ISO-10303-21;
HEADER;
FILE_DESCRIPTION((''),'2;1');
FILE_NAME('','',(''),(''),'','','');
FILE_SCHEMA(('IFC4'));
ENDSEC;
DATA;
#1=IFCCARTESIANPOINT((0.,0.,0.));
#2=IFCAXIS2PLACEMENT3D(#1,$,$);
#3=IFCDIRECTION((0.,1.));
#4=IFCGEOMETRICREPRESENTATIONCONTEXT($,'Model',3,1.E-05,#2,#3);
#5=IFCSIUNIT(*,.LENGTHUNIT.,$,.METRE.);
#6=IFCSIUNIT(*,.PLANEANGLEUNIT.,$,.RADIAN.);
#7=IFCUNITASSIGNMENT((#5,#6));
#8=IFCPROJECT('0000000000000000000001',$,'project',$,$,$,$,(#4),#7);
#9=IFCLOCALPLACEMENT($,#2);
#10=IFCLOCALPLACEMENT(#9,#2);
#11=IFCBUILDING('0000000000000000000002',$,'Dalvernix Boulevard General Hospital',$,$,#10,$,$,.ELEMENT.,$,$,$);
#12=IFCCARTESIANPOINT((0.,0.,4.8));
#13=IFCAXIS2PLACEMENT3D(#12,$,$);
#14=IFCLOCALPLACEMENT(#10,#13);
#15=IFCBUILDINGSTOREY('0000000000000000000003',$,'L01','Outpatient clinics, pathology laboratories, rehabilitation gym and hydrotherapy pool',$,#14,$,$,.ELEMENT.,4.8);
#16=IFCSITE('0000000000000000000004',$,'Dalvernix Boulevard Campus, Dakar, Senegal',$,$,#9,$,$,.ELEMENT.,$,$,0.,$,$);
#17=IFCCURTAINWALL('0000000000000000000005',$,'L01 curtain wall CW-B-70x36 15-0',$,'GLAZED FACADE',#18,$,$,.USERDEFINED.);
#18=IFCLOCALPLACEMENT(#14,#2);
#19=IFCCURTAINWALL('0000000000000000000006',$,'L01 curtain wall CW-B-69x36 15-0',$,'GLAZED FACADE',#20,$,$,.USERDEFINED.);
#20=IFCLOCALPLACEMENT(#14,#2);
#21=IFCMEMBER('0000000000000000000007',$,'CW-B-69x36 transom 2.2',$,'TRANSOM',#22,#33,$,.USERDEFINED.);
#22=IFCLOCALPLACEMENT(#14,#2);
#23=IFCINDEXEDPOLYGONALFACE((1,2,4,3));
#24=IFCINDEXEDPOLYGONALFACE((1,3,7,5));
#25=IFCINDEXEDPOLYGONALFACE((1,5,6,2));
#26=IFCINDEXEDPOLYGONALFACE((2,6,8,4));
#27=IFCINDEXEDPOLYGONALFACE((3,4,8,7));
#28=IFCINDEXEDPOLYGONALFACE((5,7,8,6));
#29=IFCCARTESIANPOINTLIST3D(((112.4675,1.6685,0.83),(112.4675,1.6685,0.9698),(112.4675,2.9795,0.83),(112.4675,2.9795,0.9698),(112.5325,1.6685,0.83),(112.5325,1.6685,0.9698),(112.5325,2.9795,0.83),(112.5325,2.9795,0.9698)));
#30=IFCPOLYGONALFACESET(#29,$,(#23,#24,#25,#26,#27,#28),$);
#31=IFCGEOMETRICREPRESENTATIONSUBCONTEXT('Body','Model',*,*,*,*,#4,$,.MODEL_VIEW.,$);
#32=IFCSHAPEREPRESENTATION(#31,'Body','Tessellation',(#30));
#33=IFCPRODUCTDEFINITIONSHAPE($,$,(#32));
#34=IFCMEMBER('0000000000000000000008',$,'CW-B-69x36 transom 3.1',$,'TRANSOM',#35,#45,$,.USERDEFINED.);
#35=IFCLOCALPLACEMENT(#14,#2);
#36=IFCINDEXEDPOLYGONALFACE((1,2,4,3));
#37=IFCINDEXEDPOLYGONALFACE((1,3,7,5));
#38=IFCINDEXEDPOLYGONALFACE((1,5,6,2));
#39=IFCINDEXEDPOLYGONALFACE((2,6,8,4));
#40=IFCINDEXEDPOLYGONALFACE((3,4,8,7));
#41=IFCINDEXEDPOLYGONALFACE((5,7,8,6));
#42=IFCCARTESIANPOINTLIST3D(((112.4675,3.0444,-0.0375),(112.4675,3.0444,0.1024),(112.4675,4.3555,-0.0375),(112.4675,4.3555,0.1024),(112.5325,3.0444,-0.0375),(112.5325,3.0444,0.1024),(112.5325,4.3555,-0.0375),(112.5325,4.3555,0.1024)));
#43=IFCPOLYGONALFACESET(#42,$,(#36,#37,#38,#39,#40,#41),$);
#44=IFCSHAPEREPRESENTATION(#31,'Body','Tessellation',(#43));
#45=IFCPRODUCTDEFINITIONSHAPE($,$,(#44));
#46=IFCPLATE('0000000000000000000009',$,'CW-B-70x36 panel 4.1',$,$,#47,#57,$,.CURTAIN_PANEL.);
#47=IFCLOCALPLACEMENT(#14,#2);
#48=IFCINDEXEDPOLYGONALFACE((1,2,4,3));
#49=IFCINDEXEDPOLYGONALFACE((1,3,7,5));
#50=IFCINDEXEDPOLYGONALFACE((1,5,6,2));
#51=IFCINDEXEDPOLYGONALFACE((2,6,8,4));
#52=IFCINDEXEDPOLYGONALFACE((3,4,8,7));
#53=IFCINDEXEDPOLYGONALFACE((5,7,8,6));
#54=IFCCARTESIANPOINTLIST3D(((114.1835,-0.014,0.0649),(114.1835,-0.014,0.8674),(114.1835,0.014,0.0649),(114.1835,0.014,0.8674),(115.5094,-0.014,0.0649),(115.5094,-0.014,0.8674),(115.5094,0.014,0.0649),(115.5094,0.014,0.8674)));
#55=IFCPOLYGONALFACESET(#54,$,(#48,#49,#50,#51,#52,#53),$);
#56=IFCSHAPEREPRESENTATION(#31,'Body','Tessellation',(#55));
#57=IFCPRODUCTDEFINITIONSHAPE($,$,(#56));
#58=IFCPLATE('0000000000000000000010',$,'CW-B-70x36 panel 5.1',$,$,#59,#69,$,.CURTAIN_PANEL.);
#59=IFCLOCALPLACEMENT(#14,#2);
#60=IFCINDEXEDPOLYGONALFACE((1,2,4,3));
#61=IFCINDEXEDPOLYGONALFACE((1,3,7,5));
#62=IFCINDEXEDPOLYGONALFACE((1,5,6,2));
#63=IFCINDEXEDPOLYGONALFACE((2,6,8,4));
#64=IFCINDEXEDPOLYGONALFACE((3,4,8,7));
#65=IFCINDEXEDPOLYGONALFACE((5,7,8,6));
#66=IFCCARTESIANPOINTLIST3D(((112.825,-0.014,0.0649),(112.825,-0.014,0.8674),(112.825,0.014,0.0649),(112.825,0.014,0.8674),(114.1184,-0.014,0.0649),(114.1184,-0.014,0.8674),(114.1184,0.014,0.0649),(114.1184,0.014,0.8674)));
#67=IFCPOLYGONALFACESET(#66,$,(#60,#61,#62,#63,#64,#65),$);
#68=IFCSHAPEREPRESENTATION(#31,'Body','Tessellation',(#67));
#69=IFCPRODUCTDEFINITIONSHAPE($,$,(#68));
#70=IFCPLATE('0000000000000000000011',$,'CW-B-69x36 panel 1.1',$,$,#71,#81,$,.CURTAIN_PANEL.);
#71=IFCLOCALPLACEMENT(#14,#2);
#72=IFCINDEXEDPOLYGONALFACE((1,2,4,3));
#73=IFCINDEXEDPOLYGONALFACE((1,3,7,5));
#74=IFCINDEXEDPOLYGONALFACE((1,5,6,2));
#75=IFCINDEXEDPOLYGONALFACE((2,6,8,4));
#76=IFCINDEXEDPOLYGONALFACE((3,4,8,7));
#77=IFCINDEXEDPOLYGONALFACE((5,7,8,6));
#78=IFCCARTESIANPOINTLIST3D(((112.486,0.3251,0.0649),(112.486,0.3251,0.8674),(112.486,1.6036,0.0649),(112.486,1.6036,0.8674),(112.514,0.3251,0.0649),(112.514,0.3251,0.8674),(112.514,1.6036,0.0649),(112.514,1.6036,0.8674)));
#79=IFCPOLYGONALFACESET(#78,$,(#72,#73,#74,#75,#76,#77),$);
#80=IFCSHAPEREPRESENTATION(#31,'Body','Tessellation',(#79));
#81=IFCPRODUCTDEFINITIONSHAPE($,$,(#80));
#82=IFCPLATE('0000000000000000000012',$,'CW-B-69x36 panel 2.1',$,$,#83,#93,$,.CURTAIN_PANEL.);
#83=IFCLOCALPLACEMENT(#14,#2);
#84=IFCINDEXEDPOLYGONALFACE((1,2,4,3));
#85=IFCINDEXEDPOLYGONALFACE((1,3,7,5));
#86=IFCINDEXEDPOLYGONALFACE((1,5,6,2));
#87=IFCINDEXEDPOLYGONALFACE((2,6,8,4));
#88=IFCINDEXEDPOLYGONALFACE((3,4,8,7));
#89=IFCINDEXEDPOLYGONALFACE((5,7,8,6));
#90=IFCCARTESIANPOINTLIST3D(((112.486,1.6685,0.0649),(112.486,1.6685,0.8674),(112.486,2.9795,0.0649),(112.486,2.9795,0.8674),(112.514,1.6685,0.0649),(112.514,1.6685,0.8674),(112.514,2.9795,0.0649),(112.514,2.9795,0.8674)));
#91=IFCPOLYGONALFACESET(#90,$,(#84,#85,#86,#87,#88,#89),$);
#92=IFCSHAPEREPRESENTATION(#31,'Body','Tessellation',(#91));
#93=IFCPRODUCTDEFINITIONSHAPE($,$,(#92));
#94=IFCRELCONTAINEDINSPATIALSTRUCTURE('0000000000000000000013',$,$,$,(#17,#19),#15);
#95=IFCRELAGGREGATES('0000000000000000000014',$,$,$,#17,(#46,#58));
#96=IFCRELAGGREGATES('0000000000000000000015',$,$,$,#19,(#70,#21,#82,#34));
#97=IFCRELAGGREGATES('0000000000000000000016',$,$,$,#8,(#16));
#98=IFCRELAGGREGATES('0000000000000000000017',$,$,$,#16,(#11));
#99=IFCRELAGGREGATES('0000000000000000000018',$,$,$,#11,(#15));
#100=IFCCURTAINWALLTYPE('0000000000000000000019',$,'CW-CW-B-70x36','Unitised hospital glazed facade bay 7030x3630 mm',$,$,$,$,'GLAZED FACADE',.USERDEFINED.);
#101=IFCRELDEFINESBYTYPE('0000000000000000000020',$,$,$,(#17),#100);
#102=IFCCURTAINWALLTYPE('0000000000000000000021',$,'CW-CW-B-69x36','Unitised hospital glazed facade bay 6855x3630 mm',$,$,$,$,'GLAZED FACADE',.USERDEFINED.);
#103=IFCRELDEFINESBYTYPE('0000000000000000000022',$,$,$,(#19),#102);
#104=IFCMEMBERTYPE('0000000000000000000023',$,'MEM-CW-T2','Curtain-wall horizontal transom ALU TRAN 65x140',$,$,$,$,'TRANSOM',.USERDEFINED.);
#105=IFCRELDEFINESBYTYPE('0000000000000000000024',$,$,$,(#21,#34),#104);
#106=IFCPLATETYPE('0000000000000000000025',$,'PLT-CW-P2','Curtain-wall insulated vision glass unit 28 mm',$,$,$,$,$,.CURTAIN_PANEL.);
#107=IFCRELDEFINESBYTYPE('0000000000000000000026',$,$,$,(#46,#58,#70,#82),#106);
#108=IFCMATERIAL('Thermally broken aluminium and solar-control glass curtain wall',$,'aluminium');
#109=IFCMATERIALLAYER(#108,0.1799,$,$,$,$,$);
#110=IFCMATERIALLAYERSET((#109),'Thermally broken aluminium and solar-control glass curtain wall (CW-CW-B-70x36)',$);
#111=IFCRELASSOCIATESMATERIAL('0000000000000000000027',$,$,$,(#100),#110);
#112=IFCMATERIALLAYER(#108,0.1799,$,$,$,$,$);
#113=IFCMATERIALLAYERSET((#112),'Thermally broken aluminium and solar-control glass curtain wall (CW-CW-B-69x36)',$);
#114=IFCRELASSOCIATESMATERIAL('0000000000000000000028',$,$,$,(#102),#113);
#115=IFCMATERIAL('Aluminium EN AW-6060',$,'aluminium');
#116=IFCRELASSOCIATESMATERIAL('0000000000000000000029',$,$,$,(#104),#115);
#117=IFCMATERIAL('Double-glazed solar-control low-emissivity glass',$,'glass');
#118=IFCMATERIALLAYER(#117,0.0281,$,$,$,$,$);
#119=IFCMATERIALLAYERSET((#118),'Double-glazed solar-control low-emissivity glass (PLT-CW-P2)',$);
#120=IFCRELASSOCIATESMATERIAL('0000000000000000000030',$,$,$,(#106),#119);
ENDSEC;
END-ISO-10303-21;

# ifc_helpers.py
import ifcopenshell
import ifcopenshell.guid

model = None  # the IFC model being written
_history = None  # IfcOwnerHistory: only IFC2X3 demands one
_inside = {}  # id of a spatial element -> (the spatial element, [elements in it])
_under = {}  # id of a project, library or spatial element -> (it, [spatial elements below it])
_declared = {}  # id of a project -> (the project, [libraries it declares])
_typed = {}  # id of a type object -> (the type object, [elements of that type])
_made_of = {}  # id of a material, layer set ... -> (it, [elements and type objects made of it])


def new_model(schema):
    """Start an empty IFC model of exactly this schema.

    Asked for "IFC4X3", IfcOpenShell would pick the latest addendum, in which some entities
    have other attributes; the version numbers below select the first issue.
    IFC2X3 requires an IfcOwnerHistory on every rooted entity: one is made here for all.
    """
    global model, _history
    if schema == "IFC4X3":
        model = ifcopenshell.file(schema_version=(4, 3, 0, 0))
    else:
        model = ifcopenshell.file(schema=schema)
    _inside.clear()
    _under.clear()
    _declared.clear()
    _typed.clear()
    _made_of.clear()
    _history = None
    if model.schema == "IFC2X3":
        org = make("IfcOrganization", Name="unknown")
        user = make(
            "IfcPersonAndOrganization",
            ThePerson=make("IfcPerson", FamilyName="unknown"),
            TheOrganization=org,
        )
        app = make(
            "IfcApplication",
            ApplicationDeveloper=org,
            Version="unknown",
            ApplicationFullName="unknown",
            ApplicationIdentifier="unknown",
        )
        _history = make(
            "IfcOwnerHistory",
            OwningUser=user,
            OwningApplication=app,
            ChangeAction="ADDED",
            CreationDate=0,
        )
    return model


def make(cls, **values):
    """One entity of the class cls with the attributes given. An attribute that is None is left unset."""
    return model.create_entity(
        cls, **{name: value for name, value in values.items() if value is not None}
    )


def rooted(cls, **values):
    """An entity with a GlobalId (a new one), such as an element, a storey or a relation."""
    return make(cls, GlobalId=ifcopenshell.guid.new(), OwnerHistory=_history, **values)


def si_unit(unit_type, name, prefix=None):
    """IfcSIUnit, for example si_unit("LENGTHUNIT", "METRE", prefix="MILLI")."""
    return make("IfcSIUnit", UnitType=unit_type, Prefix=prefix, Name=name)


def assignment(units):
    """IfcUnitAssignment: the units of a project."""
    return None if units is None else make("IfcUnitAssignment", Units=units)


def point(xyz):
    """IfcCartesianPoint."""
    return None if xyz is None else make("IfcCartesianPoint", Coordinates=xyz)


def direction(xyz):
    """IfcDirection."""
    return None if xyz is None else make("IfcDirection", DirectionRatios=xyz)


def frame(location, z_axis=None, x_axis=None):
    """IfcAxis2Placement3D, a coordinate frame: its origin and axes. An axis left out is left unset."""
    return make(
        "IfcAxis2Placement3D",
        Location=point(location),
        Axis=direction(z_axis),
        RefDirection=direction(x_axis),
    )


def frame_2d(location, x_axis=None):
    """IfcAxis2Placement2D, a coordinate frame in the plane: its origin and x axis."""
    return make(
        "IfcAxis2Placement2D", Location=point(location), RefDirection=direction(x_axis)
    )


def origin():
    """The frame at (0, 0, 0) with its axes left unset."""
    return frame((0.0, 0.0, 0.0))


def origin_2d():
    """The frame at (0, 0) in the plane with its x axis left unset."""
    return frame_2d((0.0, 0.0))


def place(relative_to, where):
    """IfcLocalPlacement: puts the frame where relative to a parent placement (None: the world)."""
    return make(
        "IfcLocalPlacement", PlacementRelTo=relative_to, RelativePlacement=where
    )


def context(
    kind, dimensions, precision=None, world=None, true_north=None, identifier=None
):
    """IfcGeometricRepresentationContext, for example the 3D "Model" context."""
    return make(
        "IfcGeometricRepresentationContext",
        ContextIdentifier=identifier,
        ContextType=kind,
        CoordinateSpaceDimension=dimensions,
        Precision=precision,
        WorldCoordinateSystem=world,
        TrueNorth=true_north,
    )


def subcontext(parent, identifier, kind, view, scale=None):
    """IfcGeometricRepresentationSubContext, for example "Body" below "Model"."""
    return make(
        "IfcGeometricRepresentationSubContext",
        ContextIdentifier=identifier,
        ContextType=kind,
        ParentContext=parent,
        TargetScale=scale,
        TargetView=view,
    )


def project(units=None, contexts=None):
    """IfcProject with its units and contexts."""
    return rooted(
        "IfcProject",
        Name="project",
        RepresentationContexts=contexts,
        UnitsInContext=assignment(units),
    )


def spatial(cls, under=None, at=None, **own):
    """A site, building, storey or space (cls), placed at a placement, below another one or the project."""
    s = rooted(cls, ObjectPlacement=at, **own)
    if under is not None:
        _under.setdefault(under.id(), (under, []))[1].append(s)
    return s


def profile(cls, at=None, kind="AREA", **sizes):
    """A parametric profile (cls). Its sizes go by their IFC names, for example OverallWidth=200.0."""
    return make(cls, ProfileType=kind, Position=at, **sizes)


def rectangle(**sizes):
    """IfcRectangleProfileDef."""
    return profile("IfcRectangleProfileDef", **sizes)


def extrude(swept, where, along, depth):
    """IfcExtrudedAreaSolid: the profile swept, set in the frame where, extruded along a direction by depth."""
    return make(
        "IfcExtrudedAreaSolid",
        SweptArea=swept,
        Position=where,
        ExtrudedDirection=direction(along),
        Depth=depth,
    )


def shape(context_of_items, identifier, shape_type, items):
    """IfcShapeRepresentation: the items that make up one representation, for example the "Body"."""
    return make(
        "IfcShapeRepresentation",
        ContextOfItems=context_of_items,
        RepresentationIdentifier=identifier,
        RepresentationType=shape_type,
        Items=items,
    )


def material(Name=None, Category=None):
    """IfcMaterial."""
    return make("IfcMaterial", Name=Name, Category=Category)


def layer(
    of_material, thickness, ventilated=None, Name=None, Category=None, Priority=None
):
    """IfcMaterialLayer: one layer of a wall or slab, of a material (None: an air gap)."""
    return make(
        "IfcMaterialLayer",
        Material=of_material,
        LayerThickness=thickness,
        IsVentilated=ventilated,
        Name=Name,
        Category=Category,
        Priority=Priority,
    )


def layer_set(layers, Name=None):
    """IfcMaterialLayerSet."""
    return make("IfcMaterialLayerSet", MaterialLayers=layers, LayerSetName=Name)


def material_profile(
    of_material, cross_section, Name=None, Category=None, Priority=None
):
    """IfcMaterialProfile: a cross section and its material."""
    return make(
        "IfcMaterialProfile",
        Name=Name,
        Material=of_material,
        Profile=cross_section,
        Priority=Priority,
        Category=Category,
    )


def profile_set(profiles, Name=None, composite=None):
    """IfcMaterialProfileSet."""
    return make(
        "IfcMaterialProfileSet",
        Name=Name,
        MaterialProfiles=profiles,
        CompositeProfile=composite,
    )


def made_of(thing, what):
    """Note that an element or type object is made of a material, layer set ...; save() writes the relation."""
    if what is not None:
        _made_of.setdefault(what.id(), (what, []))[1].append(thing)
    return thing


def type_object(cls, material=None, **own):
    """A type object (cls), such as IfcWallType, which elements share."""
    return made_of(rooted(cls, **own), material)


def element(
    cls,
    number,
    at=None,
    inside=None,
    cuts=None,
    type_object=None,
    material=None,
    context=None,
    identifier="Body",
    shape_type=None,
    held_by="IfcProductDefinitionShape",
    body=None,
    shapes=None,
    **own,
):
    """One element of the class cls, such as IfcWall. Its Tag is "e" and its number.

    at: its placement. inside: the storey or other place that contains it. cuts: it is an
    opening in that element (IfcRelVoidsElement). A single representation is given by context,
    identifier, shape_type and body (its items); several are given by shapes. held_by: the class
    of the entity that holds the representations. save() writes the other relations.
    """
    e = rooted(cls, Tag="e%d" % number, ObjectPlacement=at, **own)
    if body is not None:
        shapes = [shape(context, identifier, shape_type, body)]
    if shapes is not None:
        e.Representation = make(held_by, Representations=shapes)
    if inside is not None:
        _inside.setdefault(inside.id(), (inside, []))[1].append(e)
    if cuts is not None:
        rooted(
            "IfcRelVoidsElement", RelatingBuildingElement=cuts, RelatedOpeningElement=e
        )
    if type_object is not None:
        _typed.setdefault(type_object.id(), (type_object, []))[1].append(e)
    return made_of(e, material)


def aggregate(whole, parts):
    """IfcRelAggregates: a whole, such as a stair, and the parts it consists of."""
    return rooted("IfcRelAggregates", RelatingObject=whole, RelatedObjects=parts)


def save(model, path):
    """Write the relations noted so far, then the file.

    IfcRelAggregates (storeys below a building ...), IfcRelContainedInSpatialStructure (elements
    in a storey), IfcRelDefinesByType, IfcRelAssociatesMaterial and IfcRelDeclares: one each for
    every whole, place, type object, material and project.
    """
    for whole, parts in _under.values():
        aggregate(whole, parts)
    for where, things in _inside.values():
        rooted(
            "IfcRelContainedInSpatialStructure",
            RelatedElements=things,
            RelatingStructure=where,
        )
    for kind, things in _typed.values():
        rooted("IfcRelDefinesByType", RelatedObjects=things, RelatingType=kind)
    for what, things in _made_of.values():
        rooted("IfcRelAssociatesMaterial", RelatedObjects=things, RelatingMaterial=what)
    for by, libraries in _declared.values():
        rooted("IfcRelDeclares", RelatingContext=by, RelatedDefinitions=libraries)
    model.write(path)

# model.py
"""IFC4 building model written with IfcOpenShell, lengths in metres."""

from ifc_helpers import new_model, si_unit, direction, frame, origin, origin_2d, place, context, subcontext, project, spatial, rectangle, extrude, material, layer, layer_set, material_profile, profile_set, type_object, element, aggregate, save


model = new_model("IFC4")

# Units and contexts
model_context = context("Model", 3, precision=1e-05, world=origin(), true_north=direction((0.0, 1.0)))
body_context = subcontext(model_context, "Body", "Model", "MODEL_VIEW")
ifc_project = project(units=[si_unit("LENGTHUNIT", "METRE"), si_unit("PLANEANGLEUNIT", "RADIAN")], contexts=[model_context])

# Site, building, storey
site_placement = place(None, origin())
site = spatial("IfcSite", under=ifc_project, at=site_placement, Name="Dalvernix Boulevard Campus, Dakar, Senegal", CompositionType="ELEMENT", RefElevation=0.0)
building_placement = place(site_placement, origin())
building = spatial("IfcBuilding", under=site, at=building_placement, Name="Dalvernix Boulevard General Hospital", CompositionType="ELEMENT")
storey_placement = place(building_placement, frame((0.0, 0.0, 4.8)))
storey = spatial("IfcBuildingStorey", under=building, at=storey_placement, Name="L01", Description="Outpatient clinics, pathology laboratories, rehabilitation gym and hydrotherapy pool", CompositionType="ELEMENT", Elevation=4.8)

# Curtain walls
ifc_material_1 = material(Name="Thermally broken aluminium and solar-control glass curtain wall", Category="aluminium")
ifc_layer_1 = layer(ifc_material_1, 0.1799)
ifc_layer_set_1 = layer_set([ifc_layer_1], Name="Thermally broken aluminium and solar-control glass curtain wall (CW-CW-B-70x36)")
curtain_wall_type_1 = type_object("IfcCurtainWallType", Name="CW-CW-B-70x36", Description="Unitised hospital glazed facade bay 7030x3630 mm", ElementType="GLAZED FACADE", PredefinedType="USERDEFINED", material=ifc_layer_set_1)
curtain_wall_1_placement = place(storey_placement, origin())
curtain_wall_1 = element("IfcCurtainWall", 1, at=curtain_wall_1_placement, inside=storey, type_object=curtain_wall_type_1, Name="L01 curtain wall CW-B-70x36 15-0", ObjectType="GLAZED FACADE", PredefinedType="USERDEFINED")
ifc_material_2 = material(Name="Aluminium EN AW-6060", Category="aluminium")
ifc_layer_2 = layer(ifc_material_1, 0.1799)
ifc_layer_set_2 = layer_set([ifc_layer_2], Name="Thermally broken aluminium and solar-control glass curtain wall (CW-CW-B-69x36)")
curtain_wall_type_2 = type_object("IfcCurtainWallType", Name="CW-CW-B-69x36", Description="Unitised hospital glazed facade bay 6855x3630 mm", ElementType="GLAZED FACADE", PredefinedType="USERDEFINED", material=ifc_layer_set_2)
curtain_wall_2_placement = place(storey_placement, origin())
curtain_wall_2 = element("IfcCurtainWall", 2, at=curtain_wall_2_placement, inside=storey, type_object=curtain_wall_type_2, Name="L01 curtain wall CW-B-69x36 15-0", ObjectType="GLAZED FACADE", PredefinedType="USERDEFINED")

# Members
ifc_material_profile_1 = material_profile(ifc_material_2, rectangle(XDim=0.0649, YDim=0.1399, at=origin_2d()), Name="ALU TRAN 65x140")
ifc_profile_set_1 = profile_set([ifc_material_profile_1], Name="Aluminium EN AW-6060")
member_type_1 = type_object("IfcMemberType", Name="MEM-CW-T2", Description="Curtain-wall horizontal transom ALU TRAN 65x140", ElementType="TRANSOM", PredefinedType="USERDEFINED", material=ifc_profile_set_1)
member_1_placement = place(storey_placement, frame((112.5, 1.6685, 0.8999), z_axis=(0.0, 1.0, 0.0), x_axis=(-1.0, 0.0, 0.0)))
member_1 = element("IfcMember", 3, at=member_1_placement, type_object=member_type_1, Name="CW-B-69x36 transom 2.2", ObjectType="TRANSOM", PredefinedType="USERDEFINED", context=body_context, shape_type="SweptSolid", body=[
    extrude(rectangle(XDim=0.0649, YDim=0.1399, at=origin_2d()), origin(), (0.0, 0.0, 1.0), 1.311),
])
member_2_placement = place(storey_placement, frame((112.5, 3.0444, 0.0325), z_axis=(0.0, 1.0, 0.0), x_axis=(-1.0, 0.0, 0.0)))
member_2 = element("IfcMember", 4, at=member_2_placement, type_object=member_type_1, Name="CW-B-69x36 transom 3.1", ObjectType="TRANSOM", PredefinedType="USERDEFINED", context=body_context, shape_type="SweptSolid", body=[
    extrude(rectangle(XDim=0.0649, YDim=0.1399, at=origin_2d()), origin(), (0.0, 0.0, 1.0), 1.311),
])

# Plates
ifc_material_3 = material(Name="Double-glazed solar-control low-emissivity glass", Category="glass")
ifc_layer_3 = layer(ifc_material_3, 0.0281)
ifc_layer_set_3 = layer_set([ifc_layer_3], Name="Double-glazed solar-control low-emissivity glass (PLT-CW-P2)")
plate_type = type_object("IfcPlateType", Name="PLT-CW-P2", Description="Curtain-wall insulated vision glass unit 28 mm", PredefinedType="CURTAIN_PANEL", material=ifc_layer_set_3)
plate_1_placement = place(storey_placement, frame((114.8464, 0.0, 0.0649), z_axis=(0.0, 0.0, 1.0), x_axis=(-1.0, 0.0, 0.0)))
plate_1 = element("IfcPlate", 5, at=plate_1_placement, type_object=plate_type, Name="CW-B-70x36 panel 4.1", PredefinedType="CURTAIN_PANEL", context=body_context, shape_type="SweptSolid", body=[
    extrude(rectangle(XDim=1.3259, YDim=0.0281, at=origin_2d()), origin(), (0.0, 0.0, 1.0), 0.8025),
])
plate_2_placement = place(storey_placement, frame((113.4717, 0.0, 0.0649), z_axis=(0.0, 0.0, 1.0), x_axis=(-1.0, 0.0, 0.0)))
plate_2 = element("IfcPlate", 6, at=plate_2_placement, type_object=plate_type, Name="CW-B-70x36 panel 5.1", PredefinedType="CURTAIN_PANEL", context=body_context, shape_type="SweptSolid", body=[
    extrude(rectangle(XDim=1.2935, YDim=0.0281, at=origin_2d()), origin(), (0.0, 0.0, 1.0), 0.8025),
])
aggregate(curtain_wall_1, [plate_1, plate_2])
plate_3_placement = place(storey_placement, frame((112.5, 0.9644, 0.0649), z_axis=(0.0, 0.0, 1.0), x_axis=(0.0, 1.0, 0.0)))
plate_3 = element("IfcPlate", 7, at=plate_3_placement, type_object=plate_type, Name="CW-B-69x36 panel 1.1", PredefinedType="CURTAIN_PANEL", context=body_context, shape_type="SweptSolid", body=[
    extrude(rectangle(XDim=1.2786, YDim=0.0281, at=origin_2d()), origin(), (0.0, 0.0, 1.0), 0.8025),
])
plate_4_placement = place(storey_placement, frame((112.5, 2.324, 0.0649), z_axis=(0.0, 0.0, 1.0), x_axis=(0.0, 1.0, 0.0)))
plate_4 = element("IfcPlate", 8, at=plate_4_placement, type_object=plate_type, Name="CW-B-69x36 panel 2.1", PredefinedType="CURTAIN_PANEL", context=body_context, shape_type="SweptSolid", body=[
    extrude(rectangle(XDim=1.311, YDim=0.0281, at=origin_2d()), origin(), (0.0, 0.0, 1.0), 0.8025),
])
aggregate(curtain_wall_2, [plate_3, member_1, plate_4, member_2])

save(model, "model.ifc")
